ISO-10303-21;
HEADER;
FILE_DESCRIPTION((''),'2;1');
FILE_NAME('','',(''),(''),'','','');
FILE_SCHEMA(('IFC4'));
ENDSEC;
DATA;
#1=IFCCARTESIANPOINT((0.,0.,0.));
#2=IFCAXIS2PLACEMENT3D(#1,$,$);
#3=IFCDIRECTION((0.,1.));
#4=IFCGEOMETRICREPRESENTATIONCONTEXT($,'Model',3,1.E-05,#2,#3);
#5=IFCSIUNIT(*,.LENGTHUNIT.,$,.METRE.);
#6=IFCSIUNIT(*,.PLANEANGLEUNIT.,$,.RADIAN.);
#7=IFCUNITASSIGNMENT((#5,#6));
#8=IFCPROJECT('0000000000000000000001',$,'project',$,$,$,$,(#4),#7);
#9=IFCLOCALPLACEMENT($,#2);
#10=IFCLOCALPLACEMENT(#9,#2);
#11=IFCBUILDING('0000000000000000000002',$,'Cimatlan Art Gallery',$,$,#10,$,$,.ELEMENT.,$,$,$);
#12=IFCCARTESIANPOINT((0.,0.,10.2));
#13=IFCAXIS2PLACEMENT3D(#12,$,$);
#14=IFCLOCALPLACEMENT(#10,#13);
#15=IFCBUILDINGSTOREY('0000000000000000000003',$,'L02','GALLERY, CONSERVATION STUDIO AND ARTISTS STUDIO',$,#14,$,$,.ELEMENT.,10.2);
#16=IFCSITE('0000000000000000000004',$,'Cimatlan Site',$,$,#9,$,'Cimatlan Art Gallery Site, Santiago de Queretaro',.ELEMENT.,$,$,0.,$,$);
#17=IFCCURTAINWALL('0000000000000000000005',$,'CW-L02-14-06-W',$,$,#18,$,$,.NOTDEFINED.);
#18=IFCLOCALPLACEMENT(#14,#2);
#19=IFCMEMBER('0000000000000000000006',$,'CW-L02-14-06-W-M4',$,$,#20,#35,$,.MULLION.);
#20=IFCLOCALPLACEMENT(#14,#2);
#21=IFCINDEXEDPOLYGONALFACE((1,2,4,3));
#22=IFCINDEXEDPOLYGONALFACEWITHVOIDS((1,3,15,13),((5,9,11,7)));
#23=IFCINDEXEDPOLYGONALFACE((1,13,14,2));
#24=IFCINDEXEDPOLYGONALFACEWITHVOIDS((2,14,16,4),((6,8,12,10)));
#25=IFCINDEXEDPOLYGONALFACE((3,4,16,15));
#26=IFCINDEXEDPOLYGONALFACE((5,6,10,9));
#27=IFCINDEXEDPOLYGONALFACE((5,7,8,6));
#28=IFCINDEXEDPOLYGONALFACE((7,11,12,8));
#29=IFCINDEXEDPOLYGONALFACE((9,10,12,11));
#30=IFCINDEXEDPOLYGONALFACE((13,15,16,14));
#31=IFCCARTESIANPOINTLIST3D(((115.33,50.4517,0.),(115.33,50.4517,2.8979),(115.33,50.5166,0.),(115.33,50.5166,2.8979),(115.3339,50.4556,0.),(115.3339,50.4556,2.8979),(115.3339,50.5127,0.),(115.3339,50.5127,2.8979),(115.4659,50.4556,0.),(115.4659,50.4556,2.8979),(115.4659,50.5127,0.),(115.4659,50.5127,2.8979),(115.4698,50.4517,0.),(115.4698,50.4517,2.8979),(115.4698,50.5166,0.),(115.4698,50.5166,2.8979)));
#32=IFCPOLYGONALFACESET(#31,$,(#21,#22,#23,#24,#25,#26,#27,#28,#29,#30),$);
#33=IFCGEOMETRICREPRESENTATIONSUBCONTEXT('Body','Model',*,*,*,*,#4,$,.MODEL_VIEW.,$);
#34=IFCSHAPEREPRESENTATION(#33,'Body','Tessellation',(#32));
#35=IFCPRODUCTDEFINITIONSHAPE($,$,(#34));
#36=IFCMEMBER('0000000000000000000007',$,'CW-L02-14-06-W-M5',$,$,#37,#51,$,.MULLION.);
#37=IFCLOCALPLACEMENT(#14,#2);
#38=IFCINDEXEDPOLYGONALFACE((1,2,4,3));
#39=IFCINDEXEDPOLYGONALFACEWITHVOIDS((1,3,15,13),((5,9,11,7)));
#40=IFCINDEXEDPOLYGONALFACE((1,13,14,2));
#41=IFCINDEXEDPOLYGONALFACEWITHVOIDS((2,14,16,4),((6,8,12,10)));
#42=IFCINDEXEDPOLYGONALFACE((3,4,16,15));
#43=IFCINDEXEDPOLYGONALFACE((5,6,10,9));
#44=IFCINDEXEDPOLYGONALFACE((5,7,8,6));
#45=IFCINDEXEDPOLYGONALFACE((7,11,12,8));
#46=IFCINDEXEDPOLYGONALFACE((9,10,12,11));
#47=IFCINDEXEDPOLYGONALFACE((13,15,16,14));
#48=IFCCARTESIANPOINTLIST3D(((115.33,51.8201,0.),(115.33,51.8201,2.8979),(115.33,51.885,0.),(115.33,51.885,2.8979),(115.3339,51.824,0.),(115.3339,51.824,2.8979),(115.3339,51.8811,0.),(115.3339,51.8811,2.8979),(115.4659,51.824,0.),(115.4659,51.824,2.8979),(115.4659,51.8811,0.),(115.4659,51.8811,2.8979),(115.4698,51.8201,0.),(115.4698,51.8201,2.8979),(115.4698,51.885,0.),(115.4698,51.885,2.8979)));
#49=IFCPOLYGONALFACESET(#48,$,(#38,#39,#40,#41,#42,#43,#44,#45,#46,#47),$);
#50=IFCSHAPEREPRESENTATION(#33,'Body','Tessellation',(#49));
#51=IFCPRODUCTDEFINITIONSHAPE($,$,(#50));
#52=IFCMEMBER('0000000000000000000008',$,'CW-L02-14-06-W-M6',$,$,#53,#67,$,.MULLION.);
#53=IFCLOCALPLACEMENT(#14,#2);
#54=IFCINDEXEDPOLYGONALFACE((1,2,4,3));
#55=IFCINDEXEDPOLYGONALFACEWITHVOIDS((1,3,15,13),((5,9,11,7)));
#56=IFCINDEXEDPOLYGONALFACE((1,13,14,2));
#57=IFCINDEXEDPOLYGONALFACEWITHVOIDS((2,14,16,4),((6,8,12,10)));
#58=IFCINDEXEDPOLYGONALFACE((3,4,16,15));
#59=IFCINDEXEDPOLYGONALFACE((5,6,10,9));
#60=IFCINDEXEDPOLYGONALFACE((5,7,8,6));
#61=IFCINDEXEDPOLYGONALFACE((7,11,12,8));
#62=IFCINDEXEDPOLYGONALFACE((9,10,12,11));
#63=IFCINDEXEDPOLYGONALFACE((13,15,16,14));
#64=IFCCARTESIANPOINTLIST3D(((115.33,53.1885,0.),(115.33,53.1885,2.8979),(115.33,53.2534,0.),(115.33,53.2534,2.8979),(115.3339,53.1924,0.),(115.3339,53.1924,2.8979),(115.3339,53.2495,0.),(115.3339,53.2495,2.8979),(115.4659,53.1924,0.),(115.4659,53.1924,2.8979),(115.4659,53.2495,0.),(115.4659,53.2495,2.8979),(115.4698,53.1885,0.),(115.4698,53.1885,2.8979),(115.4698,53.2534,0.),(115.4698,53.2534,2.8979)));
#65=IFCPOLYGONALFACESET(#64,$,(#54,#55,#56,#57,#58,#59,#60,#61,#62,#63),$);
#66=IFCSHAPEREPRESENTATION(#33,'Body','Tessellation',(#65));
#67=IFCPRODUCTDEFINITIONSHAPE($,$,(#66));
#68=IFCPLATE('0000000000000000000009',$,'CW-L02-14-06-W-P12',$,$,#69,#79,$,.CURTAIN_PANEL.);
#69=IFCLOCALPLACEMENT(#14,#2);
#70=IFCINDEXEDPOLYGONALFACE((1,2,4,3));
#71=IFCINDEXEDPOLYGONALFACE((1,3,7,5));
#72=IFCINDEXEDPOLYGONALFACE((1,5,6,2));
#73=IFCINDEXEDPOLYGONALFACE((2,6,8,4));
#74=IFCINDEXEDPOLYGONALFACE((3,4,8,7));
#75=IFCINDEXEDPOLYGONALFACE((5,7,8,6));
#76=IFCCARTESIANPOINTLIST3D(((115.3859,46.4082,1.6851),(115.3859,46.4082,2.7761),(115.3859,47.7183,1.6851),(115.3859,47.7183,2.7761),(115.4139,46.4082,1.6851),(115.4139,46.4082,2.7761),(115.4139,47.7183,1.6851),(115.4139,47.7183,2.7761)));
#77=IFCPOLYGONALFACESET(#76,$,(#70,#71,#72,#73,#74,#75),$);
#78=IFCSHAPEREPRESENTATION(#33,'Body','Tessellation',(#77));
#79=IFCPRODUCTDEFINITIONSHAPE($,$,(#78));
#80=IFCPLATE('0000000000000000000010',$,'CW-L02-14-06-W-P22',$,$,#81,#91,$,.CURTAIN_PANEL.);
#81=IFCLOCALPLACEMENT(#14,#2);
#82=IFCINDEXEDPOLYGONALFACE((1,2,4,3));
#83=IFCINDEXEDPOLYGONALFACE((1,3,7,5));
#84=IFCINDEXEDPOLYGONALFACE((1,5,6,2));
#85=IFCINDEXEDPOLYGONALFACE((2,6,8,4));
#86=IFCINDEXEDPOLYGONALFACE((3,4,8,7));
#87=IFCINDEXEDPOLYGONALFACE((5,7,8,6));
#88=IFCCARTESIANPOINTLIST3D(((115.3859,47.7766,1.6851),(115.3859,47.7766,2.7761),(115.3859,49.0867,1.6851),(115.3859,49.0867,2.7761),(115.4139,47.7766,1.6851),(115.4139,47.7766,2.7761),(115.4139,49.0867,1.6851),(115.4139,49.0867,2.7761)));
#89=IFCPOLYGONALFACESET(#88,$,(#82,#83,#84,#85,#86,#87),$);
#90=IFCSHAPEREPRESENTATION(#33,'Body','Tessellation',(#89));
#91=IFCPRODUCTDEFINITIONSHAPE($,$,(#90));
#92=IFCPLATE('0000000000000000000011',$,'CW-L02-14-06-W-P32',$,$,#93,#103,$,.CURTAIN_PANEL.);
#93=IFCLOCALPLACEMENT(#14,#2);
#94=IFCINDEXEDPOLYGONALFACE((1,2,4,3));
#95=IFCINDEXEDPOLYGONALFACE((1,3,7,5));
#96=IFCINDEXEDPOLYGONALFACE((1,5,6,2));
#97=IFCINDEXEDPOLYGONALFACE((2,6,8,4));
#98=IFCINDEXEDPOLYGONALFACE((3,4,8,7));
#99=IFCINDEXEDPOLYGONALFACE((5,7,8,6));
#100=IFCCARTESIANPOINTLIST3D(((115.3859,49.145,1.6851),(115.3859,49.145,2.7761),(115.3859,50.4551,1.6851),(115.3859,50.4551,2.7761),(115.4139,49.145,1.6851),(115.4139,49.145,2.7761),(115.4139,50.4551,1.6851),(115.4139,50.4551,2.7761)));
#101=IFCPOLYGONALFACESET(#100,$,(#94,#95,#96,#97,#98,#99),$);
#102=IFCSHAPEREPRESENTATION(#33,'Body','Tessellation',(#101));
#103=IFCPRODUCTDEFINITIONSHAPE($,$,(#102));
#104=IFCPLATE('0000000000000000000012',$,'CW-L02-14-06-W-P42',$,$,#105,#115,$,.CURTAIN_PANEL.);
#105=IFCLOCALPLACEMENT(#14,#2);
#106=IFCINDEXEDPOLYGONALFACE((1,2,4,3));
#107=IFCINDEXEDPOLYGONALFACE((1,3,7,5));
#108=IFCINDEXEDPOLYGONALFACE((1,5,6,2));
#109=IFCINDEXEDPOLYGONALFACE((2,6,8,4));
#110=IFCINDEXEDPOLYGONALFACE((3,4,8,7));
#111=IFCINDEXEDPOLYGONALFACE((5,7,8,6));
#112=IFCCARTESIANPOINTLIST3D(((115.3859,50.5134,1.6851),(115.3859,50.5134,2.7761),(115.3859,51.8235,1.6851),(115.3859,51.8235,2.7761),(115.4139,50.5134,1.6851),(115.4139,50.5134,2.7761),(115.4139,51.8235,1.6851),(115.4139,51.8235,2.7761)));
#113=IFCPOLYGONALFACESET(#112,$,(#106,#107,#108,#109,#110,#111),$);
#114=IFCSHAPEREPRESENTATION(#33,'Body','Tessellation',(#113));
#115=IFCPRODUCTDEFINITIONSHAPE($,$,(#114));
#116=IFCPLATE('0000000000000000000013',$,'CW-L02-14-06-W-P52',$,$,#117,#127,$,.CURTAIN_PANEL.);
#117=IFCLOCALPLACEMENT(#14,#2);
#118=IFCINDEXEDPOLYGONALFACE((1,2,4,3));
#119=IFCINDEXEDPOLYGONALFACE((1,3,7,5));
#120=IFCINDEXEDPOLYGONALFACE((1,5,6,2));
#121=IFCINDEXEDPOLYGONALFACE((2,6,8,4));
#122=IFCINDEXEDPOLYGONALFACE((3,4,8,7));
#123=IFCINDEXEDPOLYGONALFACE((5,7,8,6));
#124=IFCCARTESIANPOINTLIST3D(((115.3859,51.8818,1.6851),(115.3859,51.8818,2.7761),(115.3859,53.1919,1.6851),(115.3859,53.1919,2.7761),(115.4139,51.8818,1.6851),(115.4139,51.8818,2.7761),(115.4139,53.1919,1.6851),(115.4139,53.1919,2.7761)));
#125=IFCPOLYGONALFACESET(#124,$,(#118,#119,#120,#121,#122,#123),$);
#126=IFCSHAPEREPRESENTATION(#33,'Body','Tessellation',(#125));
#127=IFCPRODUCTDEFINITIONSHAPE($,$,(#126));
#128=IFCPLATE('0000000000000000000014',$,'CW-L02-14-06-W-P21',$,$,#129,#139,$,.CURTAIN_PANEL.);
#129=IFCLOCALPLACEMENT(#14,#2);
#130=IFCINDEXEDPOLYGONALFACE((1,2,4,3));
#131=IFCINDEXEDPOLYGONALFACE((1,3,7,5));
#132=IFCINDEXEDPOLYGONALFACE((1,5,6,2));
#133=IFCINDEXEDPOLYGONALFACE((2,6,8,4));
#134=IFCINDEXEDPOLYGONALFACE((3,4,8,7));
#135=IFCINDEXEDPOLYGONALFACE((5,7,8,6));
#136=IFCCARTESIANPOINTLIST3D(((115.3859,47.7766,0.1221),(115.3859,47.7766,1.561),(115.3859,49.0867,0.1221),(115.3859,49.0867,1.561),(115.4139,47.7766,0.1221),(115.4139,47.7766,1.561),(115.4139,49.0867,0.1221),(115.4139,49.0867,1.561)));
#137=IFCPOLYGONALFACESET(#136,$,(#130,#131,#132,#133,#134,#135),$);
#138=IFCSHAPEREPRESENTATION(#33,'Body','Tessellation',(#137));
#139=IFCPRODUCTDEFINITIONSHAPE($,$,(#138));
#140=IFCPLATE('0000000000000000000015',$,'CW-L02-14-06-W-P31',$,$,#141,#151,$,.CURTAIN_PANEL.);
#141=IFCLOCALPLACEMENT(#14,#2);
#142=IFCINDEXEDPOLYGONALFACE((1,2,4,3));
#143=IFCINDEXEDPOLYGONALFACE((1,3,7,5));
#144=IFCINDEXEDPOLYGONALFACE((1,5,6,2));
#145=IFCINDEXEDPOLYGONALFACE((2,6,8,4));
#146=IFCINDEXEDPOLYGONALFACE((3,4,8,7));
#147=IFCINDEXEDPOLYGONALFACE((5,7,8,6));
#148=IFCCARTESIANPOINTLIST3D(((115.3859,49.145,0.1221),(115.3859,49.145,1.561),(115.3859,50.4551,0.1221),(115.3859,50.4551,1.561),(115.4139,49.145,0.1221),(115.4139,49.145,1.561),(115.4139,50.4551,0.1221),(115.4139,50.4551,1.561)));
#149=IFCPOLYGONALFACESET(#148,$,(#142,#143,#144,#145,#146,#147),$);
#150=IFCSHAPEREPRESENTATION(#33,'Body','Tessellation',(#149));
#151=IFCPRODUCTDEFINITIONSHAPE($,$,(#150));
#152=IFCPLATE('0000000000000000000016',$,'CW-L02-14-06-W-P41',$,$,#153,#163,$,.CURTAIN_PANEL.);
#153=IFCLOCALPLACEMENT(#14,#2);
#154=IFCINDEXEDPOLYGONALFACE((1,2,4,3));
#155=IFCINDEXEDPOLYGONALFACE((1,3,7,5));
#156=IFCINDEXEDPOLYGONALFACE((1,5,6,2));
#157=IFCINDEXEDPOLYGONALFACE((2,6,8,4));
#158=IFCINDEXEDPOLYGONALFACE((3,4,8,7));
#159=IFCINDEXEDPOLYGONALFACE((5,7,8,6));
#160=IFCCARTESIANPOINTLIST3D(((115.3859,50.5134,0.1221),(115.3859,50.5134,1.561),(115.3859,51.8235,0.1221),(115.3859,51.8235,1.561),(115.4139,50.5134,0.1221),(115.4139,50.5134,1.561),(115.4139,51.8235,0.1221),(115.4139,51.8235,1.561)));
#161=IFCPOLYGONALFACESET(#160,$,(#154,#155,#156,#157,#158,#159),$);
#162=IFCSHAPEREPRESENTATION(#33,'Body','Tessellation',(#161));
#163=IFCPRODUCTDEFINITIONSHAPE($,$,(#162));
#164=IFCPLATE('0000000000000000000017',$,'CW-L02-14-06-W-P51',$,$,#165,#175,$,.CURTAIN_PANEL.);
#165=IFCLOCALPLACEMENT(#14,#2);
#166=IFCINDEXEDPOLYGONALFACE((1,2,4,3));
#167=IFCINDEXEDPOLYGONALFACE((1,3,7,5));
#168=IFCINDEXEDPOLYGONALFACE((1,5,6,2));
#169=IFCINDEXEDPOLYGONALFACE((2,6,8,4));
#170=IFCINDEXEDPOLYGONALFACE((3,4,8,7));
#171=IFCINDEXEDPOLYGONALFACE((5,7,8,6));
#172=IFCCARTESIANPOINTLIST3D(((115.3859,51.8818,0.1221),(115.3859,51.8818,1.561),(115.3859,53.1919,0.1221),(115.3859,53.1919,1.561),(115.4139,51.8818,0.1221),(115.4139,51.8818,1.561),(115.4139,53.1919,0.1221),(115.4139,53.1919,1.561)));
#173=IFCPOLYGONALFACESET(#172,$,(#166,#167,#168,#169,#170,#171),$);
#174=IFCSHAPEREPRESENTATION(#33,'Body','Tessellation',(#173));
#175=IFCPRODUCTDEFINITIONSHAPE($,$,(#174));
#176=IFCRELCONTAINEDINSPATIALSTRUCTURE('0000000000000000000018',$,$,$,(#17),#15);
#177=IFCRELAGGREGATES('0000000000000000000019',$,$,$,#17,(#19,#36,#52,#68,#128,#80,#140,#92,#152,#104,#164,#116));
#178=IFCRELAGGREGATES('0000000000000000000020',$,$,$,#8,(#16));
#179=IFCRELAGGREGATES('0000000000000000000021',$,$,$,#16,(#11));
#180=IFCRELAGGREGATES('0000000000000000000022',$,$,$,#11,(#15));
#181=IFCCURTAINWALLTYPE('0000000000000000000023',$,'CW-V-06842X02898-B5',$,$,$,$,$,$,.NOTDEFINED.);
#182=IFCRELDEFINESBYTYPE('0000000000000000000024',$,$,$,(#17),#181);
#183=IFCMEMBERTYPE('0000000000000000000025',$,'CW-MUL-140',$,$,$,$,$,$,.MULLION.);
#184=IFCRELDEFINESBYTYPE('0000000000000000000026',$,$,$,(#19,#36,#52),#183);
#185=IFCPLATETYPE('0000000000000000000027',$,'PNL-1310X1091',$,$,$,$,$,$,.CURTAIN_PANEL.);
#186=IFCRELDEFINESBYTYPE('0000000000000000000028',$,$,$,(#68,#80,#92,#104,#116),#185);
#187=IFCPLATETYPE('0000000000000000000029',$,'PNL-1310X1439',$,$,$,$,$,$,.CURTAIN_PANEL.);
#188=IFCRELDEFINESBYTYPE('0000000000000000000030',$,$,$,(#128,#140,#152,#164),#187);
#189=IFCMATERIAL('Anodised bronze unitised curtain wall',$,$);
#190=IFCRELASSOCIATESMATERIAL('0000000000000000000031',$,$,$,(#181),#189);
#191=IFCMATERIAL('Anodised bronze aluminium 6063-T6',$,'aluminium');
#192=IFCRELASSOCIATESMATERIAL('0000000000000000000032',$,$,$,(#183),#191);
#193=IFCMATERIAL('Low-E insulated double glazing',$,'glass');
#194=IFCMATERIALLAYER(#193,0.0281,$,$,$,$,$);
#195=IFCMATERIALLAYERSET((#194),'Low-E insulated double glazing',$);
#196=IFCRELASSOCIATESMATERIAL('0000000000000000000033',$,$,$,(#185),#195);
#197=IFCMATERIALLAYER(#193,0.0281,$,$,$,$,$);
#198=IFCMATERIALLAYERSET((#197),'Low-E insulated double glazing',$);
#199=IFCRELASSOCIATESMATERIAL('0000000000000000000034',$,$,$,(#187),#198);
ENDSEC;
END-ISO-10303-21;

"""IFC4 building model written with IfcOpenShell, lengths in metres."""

from ifc_helpers import new_model, si_unit, direction, frame, origin, origin_2d, place, context, subcontext, project, spatial, rectangle, hollow_rectangle, extrude, material, layer, layer_set, material_profile, profile_set, type_object, element, aggregate, save


model = new_model("IFC4")

# Units and contexts
model_context = context("Model", 3, precision=1e-05, world=origin(), true_north=direction((0.0, 1.0)))
body_context = subcontext(model_context, "Body", "Model", "MODEL_VIEW")
ifc_project = project(units=[si_unit("LENGTHUNIT", "METRE"), si_unit("PLANEANGLEUNIT", "RADIAN")], contexts=[model_context])

# Site, building, storey
site_placement = place(None, origin())
site = spatial("IfcSite", under=ifc_project, at=site_placement, Name="Cimatlan Site", LongName="Cimatlan Art Gallery Site, Santiago de Queretaro", CompositionType="ELEMENT", RefElevation=0.0)
building_placement = place(site_placement, origin())
building = spatial("IfcBuilding", under=site, at=building_placement, Name="Cimatlan Art Gallery", CompositionType="ELEMENT")
storey_placement = place(building_placement, frame((0.0, 0.0, 10.2)))
storey = spatial("IfcBuildingStorey", under=building, at=storey_placement, Name="L02", Description="GALLERY, CONSERVATION STUDIO AND ARTISTS STUDIO", CompositionType="ELEMENT", Elevation=10.2)

# Curtain wall, members, plates
ifc_material_1 = material(Name="Anodised bronze unitised curtain wall")
curtain_wall_type = type_object("IfcCurtainWallType", Name="CW-V-06842X02898-B5", PredefinedType="NOTDEFINED", material=ifc_material_1)
curtain_wall_placement = place(storey_placement, origin())
curtain_wall = element("IfcCurtainWall", 1, at=curtain_wall_placement, inside=storey, type_object=curtain_wall_type, Name="CW-L02-14-06-W", PredefinedType="NOTDEFINED")
ifc_material_2 = material(Name="Anodised bronze aluminium 6063-T6", Category="aluminium")
ifc_material_profile_1 = material_profile(ifc_material_2, hollow_rectangle(XDim=0.0649, YDim=0.1399, WallThickness=0.0039, at=origin_2d()), Name="ALU65X140X4")
ifc_profile_set_1 = profile_set([ifc_material_profile_1], Name="Anodised bronze aluminium 6063-T6")
member_type = type_object("IfcMemberType", Name="CW-MUL-140", PredefinedType="MULLION", material=ifc_profile_set_1)
member_1_placement = place(storey_placement, frame((115.3999, 50.4841, 0.0), z_axis=(0.0, 0.0, 1.0), x_axis=(0.0, 1.0, 0.0)))
member_1 = element("IfcMember", 2, at=member_1_placement, type_object=member_type, Name="CW-L02-14-06-W-M4", PredefinedType="MULLION", context=body_context, shape_type="SweptSolid", body=[
    extrude(hollow_rectangle(XDim=0.0649, YDim=0.1399, WallThickness=0.0039, at=origin_2d()), origin(), (0.0, 0.0, 1.0), 2.8979),
])
member_2_placement = place(storey_placement, frame((115.3999, 51.8525, 0.0), z_axis=(0.0, 0.0, 1.0), x_axis=(0.0, 1.0, 0.0)))
member_2 = element("IfcMember", 3, at=member_2_placement, type_object=member_type, Name="CW-L02-14-06-W-M5", PredefinedType="MULLION", context=body_context, shape_type="SweptSolid", body=[
    extrude(hollow_rectangle(XDim=0.0649, YDim=0.1399, WallThickness=0.0039, at=origin_2d()), origin(), (0.0, 0.0, 1.0), 2.8979),
])
member_3_placement = place(storey_placement, frame((115.3999, 53.2209, 0.0), z_axis=(0.0, 0.0, 1.0), x_axis=(0.0, 1.0, 0.0)))
member_3 = element("IfcMember", 4, at=member_3_placement, type_object=member_type, Name="CW-L02-14-06-W-M6", PredefinedType="MULLION", context=body_context, shape_type="SweptSolid", body=[
    extrude(hollow_rectangle(XDim=0.0649, YDim=0.1399, WallThickness=0.0039, at=origin_2d()), origin(), (0.0, 0.0, 1.0), 2.8979),
])
ifc_material_3 = material(Name="Low-E insulated double glazing", Category="glass")
ifc_layer_1 = layer(ifc_material_3, 0.0281)
ifc_layer_set_1 = layer_set([ifc_layer_1], Name="Low-E insulated double glazing")
plate_type_1 = type_object("IfcPlateType", Name="PNL-1310X1091", PredefinedType="CURTAIN_PANEL", material=ifc_layer_set_1)
plate_1_placement = place(storey_placement, frame((115.3999, 47.0632, 1.6851), z_axis=(0.0, 0.0, 1.0), x_axis=(0.0, 1.0, 0.0)))
plate_1 = element("IfcPlate", 5, at=plate_1_placement, type_object=plate_type_1, Name="CW-L02-14-06-W-P12", PredefinedType="CURTAIN_PANEL", context=body_context, shape_type="SweptSolid", body=[
    extrude(rectangle(XDim=1.3101, YDim=0.0281, at=origin_2d()), origin(), (0.0, 0.0, 1.0), 1.0911),
])
plate_2_placement = place(storey_placement, frame((115.3999, 48.4316, 1.6851), z_axis=(0.0, 0.0, 1.0), x_axis=(0.0, 1.0, 0.0)))
plate_2 = element("IfcPlate", 6, at=plate_2_placement, type_object=plate_type_1, Name="CW-L02-14-06-W-P22", PredefinedType="CURTAIN_PANEL", context=body_context, shape_type="SweptSolid", body=[
    extrude(rectangle(XDim=1.3101, YDim=0.0281, at=origin_2d()), origin(), (0.0, 0.0, 1.0), 1.0911),
])
plate_3_placement = place(storey_placement, frame((115.3999, 49.8, 1.6851), z_axis=(0.0, 0.0, 1.0), x_axis=(0.0, 1.0, 0.0)))
plate_3 = element("IfcPlate", 7, at=plate_3_placement, type_object=plate_type_1, Name="CW-L02-14-06-W-P32", PredefinedType="CURTAIN_PANEL", context=body_context, shape_type="SweptSolid", body=[
    extrude(rectangle(XDim=1.3101, YDim=0.0281, at=origin_2d()), origin(), (0.0, 0.0, 1.0), 1.0911),
])
plate_4_placement = place(storey_placement, frame((115.3999, 51.1685, 1.6851), z_axis=(0.0, 0.0, 1.0), x_axis=(0.0, 1.0, 0.0)))
plate_4 = element("IfcPlate", 8, at=plate_4_placement, type_object=plate_type_1, Name="CW-L02-14-06-W-P42", PredefinedType="CURTAIN_PANEL", context=body_context, shape_type="SweptSolid", body=[
    extrude(rectangle(XDim=1.3101, YDim=0.0281, at=origin_2d()), origin(), (0.0, 0.0, 1.0), 1.0911),
])
plate_5_placement = place(storey_placement, frame((115.3999, 52.5369, 1.6851), z_axis=(0.0, 0.0, 1.0), x_axis=(0.0, 1.0, 0.0)))
plate_5 = element("IfcPlate", 9, at=plate_5_placement, type_object=plate_type_1, Name="CW-L02-14-06-W-P52", PredefinedType="CURTAIN_PANEL", context=body_context, shape_type="SweptSolid", body=[
    extrude(rectangle(XDim=1.3101, YDim=0.0281, at=origin_2d()), origin(), (0.0, 0.0, 1.0), 1.0911),
])
ifc_layer_2 = layer(ifc_material_3, 0.0281)
ifc_layer_set_2 = layer_set([ifc_layer_2], Name="Low-E insulated double glazing")
plate_type_2 = type_object("IfcPlateType", Name="PNL-1310X1439", PredefinedType="CURTAIN_PANEL", material=ifc_layer_set_2)
plate_6_placement = place(storey_placement, frame((115.3999, 48.4316, 0.1221), z_axis=(0.0, 0.0, 1.0), x_axis=(0.0, 1.0, 0.0)))
plate_6 = element("IfcPlate", 10, at=plate_6_placement, type_object=plate_type_2, Name="CW-L02-14-06-W-P21", PredefinedType="CURTAIN_PANEL", context=body_context, shape_type="SweptSolid", body=[
    extrude(rectangle(XDim=1.3101, YDim=0.0281, at=origin_2d()), origin(), (0.0, 0.0, 1.0), 1.439),
])
plate_7_placement = place(storey_placement, frame((115.3999, 49.8, 0.1221), z_axis=(0.0, 0.0, 1.0), x_axis=(0.0, 1.0, 0.0)))
plate_7 = element("IfcPlate", 11, at=plate_7_placement, type_object=plate_type_2, Name="CW-L02-14-06-W-P31", PredefinedType="CURTAIN_PANEL", context=body_context, shape_type="SweptSolid", body=[
    extrude(rectangle(XDim=1.3101, YDim=0.0281, at=origin_2d()), origin(), (0.0, 0.0, 1.0), 1.439),
])
plate_8_placement = place(storey_placement, frame((115.3999, 51.1685, 0.1221), z_axis=(0.0, 0.0, 1.0), x_axis=(0.0, 1.0, 0.0)))
plate_8 = element("IfcPlate", 12, at=plate_8_placement, type_object=plate_type_2, Name="CW-L02-14-06-W-P41", PredefinedType="CURTAIN_PANEL", context=body_context, shape_type="SweptSolid", body=[
    extrude(rectangle(XDim=1.3101, YDim=0.0281, at=origin_2d()), origin(), (0.0, 0.0, 1.0), 1.439),
])
plate_9_placement = place(storey_placement, frame((115.3999, 52.5369, 0.1221), z_axis=(0.0, 0.0, 1.0), x_axis=(0.0, 1.0, 0.0)))
plate_9 = element("IfcPlate", 13, at=plate_9_placement, type_object=plate_type_2, Name="CW-L02-14-06-W-P51", PredefinedType="CURTAIN_PANEL", context=body_context, shape_type="SweptSolid", body=[
    extrude(rectangle(XDim=1.3101, YDim=0.0281, at=origin_2d()), origin(), (0.0, 0.0, 1.0), 1.439),
])
aggregate(curtain_wall, [member_1, member_2, member_3, plate_1, plate_6, plate_2, plate_7, plate_3, plate_8, plate_4, plate_9, plate_5])

save(model, "model.ifc")
